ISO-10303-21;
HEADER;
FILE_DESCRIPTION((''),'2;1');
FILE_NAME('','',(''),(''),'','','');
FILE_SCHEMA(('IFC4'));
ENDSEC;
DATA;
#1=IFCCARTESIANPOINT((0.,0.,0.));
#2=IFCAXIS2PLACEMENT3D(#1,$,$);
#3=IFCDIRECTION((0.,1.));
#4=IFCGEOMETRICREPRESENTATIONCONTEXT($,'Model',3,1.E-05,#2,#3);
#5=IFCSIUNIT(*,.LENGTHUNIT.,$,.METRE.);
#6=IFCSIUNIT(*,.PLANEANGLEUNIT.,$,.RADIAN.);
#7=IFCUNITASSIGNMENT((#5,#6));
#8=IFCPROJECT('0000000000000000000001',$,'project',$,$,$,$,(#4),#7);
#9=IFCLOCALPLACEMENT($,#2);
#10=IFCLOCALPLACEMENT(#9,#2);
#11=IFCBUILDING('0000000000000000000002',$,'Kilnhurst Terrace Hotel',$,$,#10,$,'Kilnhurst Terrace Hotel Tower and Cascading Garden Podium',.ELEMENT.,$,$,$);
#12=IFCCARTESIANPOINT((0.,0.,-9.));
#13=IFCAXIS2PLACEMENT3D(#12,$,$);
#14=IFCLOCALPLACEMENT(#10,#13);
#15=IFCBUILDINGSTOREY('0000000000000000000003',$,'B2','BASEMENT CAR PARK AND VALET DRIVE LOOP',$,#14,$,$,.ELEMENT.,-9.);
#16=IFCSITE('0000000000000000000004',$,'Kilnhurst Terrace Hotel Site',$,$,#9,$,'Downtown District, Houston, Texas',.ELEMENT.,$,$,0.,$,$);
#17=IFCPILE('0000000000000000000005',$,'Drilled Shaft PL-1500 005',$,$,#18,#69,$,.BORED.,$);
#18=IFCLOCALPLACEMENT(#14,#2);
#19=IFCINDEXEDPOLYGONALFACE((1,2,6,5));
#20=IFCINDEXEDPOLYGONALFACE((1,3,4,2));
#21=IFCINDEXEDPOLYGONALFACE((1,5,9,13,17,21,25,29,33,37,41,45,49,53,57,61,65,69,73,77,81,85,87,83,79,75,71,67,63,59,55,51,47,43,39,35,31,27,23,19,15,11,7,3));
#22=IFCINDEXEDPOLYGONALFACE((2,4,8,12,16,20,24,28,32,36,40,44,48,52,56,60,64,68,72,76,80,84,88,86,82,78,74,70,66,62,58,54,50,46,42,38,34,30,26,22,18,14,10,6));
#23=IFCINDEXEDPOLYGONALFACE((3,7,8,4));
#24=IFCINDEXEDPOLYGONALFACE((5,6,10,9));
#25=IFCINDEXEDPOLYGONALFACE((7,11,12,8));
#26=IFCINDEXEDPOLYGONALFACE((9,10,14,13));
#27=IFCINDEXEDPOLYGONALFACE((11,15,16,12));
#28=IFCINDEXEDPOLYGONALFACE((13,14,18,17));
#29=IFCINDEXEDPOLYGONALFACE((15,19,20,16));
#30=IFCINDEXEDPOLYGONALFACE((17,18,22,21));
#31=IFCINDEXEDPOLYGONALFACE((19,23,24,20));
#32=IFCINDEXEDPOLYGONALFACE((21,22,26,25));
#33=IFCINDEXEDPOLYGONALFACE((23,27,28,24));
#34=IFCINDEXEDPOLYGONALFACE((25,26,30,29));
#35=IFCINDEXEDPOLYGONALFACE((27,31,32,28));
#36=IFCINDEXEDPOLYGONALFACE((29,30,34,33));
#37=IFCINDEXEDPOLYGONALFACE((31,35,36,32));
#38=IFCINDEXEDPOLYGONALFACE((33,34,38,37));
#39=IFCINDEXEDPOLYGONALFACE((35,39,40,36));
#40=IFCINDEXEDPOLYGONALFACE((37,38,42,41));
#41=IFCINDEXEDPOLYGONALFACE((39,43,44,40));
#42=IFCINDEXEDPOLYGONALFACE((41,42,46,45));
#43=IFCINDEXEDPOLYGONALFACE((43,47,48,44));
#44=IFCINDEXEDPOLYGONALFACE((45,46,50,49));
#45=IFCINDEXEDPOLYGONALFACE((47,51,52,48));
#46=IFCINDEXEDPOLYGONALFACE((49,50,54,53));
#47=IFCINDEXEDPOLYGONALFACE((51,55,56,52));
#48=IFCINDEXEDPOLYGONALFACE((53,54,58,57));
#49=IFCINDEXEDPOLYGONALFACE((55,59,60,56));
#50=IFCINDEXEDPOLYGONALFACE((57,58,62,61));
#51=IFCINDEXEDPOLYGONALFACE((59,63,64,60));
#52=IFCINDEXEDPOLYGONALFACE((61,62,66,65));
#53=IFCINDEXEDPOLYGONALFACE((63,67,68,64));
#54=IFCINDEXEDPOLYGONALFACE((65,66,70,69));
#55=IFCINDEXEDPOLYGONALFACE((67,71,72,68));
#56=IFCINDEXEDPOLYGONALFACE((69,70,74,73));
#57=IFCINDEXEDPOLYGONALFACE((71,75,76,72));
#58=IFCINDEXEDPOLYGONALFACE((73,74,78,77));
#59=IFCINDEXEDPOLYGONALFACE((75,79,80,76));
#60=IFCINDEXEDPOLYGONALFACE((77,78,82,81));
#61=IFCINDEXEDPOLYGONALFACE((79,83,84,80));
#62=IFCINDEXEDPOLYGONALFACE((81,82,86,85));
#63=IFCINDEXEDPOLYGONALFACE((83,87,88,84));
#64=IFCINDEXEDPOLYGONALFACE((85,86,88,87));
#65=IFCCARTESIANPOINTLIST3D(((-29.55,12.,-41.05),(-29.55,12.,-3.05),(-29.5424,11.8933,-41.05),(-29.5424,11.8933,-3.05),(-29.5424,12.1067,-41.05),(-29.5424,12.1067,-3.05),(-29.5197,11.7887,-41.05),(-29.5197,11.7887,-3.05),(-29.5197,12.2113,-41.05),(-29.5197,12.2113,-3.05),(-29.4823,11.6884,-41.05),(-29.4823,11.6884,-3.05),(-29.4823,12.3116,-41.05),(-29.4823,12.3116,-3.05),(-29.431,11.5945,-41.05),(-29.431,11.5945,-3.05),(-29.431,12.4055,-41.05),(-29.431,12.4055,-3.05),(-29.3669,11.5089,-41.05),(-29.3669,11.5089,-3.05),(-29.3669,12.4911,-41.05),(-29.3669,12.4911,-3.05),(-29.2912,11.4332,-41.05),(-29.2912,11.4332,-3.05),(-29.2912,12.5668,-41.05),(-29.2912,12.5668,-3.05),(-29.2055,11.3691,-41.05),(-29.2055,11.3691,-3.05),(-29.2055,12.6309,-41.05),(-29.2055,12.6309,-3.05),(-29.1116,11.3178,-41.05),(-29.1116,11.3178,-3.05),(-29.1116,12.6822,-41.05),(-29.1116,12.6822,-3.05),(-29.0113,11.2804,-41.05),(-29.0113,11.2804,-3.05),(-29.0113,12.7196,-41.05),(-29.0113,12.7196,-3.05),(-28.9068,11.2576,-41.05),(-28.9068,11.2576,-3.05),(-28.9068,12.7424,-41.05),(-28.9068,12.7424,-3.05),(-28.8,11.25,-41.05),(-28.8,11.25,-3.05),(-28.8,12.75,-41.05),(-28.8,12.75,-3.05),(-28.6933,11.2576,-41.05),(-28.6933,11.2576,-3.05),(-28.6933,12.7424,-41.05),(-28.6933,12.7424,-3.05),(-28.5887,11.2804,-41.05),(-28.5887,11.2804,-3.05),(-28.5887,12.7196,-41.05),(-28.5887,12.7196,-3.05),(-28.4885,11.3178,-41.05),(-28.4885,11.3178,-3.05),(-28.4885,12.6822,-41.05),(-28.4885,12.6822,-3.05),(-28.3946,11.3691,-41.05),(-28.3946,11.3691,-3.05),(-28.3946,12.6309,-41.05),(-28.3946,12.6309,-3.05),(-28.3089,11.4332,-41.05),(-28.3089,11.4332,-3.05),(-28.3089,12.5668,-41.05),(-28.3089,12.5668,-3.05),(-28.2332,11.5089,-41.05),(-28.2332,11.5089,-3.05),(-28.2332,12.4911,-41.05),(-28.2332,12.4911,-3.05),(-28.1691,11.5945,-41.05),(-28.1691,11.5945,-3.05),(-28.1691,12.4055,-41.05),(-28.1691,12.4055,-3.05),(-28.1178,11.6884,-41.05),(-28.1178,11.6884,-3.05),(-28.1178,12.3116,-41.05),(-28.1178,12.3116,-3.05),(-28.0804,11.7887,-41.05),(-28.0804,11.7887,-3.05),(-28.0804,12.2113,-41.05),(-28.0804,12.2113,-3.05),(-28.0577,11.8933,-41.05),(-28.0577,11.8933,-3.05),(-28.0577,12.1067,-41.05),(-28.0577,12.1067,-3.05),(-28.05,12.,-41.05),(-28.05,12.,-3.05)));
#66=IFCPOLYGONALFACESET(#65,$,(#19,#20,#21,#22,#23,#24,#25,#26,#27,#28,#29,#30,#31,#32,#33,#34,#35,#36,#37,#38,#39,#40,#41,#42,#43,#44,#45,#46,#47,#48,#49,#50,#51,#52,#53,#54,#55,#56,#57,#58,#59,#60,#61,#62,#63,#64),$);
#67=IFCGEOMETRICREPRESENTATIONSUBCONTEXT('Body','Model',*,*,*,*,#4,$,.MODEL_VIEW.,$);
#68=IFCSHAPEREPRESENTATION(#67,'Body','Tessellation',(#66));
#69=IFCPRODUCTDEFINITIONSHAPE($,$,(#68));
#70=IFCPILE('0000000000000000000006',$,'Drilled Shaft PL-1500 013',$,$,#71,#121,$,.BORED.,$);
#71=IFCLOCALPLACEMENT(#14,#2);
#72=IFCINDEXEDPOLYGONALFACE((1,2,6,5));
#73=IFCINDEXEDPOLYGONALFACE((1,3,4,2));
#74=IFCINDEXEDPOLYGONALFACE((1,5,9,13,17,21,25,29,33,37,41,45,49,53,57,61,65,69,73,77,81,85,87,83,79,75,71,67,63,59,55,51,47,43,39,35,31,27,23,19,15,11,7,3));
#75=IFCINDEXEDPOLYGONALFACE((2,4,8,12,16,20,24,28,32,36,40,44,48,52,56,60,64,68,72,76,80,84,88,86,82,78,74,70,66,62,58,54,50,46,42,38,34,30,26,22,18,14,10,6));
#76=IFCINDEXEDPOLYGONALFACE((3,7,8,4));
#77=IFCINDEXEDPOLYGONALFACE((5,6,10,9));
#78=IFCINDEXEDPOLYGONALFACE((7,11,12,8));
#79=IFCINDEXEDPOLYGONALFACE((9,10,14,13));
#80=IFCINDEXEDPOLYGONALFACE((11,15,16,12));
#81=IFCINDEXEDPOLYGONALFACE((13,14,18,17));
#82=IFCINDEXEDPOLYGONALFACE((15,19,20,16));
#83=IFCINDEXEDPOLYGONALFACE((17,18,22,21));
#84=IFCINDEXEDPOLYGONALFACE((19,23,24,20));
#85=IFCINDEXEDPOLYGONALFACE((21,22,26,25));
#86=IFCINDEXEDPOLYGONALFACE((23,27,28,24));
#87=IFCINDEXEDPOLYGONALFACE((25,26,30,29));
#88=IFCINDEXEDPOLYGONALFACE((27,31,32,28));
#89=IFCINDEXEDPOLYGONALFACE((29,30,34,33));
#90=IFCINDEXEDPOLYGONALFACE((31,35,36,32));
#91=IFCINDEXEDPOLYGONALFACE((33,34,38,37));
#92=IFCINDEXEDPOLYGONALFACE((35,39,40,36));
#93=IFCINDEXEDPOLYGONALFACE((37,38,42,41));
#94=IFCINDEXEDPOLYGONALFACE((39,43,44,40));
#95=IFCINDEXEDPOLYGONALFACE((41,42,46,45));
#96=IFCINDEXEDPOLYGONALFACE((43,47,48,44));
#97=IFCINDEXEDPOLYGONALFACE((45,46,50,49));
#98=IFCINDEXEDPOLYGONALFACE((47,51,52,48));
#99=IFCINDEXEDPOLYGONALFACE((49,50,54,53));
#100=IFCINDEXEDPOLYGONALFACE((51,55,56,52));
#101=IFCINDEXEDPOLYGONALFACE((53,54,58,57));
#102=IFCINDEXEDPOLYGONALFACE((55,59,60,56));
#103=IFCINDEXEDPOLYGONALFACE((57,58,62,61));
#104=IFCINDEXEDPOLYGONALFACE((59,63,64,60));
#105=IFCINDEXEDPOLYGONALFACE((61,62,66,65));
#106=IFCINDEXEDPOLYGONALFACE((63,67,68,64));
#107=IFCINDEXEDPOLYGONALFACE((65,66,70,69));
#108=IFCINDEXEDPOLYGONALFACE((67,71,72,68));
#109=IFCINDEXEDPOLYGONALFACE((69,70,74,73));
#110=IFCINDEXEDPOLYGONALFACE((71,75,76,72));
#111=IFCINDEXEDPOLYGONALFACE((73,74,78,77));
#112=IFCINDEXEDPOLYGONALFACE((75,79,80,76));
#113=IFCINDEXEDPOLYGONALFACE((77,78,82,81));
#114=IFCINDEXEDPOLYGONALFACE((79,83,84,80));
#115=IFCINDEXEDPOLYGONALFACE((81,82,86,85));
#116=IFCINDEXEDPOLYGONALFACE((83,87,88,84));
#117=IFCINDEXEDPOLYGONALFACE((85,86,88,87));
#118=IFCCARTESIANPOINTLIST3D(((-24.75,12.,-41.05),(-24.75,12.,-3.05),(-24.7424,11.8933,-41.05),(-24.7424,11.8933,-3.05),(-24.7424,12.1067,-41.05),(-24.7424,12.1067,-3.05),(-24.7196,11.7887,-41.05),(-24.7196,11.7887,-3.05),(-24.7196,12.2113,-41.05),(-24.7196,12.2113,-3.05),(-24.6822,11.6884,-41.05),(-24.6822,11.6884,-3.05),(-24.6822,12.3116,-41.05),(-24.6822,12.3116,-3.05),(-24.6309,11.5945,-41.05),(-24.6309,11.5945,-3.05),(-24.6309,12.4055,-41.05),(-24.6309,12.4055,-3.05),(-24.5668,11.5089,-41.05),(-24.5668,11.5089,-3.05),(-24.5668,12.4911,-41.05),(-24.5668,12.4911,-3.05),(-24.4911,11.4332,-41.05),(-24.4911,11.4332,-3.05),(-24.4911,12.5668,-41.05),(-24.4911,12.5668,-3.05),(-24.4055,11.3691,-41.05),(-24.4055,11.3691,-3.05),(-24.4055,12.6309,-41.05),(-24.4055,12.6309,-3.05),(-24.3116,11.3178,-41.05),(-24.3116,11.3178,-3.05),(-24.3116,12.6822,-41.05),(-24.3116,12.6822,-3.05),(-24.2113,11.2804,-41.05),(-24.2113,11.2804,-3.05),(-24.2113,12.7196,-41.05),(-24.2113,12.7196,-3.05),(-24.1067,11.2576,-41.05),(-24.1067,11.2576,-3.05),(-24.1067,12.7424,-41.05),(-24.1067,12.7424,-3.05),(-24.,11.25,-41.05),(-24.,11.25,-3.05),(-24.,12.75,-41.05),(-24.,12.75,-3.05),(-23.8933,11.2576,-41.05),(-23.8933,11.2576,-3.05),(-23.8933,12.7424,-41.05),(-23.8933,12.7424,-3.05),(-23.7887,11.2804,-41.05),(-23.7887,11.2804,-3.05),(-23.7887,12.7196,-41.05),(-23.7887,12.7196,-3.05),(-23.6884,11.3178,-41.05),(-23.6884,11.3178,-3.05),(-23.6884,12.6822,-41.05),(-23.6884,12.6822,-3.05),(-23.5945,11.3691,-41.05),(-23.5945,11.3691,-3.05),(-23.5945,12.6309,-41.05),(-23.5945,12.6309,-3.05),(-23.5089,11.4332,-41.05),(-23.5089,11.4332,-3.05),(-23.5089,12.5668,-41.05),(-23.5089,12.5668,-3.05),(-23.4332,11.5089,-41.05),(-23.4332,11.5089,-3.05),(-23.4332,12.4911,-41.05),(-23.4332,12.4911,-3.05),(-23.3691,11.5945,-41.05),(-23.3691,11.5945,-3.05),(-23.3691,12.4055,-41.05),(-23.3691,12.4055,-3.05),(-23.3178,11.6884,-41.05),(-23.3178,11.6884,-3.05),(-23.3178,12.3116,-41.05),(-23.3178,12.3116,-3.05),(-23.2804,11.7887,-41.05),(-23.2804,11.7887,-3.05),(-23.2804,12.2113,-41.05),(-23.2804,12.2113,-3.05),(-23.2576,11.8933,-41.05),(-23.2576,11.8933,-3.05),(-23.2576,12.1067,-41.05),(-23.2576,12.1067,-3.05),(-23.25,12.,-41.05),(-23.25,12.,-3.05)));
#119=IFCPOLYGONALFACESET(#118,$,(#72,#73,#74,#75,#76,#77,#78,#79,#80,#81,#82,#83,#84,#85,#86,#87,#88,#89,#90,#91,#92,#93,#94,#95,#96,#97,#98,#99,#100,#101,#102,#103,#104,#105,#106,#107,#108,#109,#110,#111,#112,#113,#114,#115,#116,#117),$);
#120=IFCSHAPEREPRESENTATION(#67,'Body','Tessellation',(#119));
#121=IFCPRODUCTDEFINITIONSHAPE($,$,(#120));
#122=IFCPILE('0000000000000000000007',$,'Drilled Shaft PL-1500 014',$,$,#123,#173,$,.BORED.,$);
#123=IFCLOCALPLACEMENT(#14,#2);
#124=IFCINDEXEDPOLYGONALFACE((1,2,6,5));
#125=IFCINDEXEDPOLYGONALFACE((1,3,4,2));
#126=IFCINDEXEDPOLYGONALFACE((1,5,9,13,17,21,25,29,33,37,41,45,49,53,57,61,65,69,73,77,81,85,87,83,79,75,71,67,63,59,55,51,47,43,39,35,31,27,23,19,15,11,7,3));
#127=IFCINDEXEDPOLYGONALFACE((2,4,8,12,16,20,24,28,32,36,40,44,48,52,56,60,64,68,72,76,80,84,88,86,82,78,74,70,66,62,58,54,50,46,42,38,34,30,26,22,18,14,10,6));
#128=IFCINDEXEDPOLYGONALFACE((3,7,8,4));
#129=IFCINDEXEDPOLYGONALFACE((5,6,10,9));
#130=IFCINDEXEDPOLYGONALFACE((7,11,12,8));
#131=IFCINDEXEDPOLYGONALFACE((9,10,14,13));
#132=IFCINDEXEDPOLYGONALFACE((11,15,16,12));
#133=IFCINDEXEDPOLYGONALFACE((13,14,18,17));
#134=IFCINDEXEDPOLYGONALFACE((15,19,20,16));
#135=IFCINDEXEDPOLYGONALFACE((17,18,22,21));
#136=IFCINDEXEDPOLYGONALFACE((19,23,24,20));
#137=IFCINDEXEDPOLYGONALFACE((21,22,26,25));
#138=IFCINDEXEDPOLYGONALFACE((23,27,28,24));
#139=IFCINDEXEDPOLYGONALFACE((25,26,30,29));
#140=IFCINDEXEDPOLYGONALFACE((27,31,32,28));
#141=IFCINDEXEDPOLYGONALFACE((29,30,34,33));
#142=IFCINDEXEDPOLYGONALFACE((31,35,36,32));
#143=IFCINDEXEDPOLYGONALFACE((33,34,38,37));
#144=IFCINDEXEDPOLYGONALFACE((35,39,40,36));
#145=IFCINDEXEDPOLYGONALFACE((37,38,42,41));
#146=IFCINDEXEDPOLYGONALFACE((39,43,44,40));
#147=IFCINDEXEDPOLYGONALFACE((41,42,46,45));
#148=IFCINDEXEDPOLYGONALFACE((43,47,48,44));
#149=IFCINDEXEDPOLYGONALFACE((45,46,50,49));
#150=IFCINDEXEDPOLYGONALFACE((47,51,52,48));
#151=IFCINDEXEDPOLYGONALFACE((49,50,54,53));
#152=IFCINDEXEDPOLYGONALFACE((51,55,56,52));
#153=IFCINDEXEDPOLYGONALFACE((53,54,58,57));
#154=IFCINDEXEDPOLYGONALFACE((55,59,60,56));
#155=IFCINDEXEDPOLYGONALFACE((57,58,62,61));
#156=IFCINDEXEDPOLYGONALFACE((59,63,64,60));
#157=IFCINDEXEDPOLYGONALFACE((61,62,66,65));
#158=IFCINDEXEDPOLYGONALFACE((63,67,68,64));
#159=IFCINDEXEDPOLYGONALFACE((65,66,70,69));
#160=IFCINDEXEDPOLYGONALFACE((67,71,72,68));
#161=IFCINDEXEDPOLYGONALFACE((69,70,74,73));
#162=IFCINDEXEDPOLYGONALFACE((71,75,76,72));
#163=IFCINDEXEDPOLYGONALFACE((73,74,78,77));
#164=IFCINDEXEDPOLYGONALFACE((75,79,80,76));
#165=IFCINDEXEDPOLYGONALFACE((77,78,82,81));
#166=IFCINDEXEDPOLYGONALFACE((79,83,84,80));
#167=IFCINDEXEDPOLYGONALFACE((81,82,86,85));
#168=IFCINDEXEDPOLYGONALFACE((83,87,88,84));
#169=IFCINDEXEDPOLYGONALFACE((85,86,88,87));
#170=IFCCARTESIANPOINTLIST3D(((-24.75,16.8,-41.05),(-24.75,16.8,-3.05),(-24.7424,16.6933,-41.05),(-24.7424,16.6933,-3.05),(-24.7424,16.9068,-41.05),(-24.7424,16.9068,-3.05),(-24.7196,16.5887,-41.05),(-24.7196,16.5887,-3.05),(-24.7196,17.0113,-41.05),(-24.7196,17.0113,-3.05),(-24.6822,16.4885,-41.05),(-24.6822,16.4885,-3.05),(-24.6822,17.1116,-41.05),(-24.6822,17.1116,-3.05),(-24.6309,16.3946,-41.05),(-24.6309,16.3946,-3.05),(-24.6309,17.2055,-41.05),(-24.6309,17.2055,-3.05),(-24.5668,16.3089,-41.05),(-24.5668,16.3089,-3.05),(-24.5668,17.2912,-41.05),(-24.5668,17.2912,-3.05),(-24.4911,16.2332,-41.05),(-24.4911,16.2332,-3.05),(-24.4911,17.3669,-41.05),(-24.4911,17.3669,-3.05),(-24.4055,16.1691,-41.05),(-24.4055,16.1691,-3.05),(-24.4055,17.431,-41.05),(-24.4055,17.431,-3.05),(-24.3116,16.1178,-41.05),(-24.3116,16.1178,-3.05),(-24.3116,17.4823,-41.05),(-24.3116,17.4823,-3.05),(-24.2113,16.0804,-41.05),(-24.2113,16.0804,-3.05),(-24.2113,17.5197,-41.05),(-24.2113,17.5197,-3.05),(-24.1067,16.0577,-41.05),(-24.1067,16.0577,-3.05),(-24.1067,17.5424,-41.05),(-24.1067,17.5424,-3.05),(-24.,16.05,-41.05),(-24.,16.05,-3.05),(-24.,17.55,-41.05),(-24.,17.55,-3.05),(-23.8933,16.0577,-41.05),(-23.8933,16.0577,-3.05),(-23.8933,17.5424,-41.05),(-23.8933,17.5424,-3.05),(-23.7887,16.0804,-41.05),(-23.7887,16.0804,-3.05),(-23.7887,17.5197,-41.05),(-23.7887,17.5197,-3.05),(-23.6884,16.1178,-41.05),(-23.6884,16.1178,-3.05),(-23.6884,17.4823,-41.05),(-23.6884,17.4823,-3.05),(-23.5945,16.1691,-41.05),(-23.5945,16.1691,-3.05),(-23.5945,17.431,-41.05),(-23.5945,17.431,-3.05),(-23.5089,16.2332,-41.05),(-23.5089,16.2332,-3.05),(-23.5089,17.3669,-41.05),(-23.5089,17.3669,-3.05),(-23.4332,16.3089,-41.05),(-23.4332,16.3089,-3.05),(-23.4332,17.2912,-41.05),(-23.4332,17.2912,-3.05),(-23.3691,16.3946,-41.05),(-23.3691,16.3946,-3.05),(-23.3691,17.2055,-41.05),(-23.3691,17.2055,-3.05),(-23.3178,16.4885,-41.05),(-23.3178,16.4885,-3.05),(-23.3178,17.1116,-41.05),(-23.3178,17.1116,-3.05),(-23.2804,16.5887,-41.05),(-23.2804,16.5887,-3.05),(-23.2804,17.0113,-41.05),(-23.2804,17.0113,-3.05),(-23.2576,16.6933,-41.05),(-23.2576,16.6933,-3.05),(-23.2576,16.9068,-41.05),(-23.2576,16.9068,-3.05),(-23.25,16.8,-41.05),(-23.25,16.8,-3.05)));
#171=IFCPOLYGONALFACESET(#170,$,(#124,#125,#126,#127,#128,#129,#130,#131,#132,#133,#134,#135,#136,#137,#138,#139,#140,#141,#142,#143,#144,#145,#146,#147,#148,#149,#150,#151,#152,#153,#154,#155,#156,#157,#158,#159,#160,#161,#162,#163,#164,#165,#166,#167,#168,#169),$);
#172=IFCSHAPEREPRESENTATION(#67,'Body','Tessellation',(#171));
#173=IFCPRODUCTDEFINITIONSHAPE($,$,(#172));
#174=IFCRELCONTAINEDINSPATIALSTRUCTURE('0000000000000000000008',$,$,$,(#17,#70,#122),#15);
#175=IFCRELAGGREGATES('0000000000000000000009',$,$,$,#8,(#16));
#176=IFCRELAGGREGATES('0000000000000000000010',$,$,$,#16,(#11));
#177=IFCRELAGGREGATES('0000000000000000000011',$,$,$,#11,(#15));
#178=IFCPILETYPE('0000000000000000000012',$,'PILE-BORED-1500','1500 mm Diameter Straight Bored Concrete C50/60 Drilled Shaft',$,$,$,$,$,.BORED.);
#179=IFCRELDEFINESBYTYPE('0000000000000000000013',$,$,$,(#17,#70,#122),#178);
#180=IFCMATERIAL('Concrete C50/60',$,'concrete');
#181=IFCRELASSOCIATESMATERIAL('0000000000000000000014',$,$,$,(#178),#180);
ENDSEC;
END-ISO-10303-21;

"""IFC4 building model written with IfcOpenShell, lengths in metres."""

from ifc_helpers import new_model, si_unit, direction, frame, origin, origin_2d, place, context, subcontext, project, spatial, circle, extrude, material, material_profile, profile_set, type_object, element, save


model = new_model("IFC4")

# Units and contexts
model_context = context("Model", 3, precision=1e-05, world=origin(), true_north=direction((0.0, 1.0)))
body_context = subcontext(model_context, "Body", "Model", "MODEL_VIEW")
ifc_project = project(units=[si_unit("LENGTHUNIT", "METRE"), si_unit("PLANEANGLEUNIT", "RADIAN")], contexts=[model_context])

# Site, building, storey
site_placement = place(None, origin())
site = spatial("IfcSite", under=ifc_project, at=site_placement, Name="Kilnhurst Terrace Hotel Site", LongName="Downtown District, Houston, Texas", CompositionType="ELEMENT", RefElevation=0.0)
building_placement = place(site_placement, origin())
building = spatial("IfcBuilding", under=site, at=building_placement, Name="Kilnhurst Terrace Hotel", LongName="Kilnhurst Terrace Hotel Tower and Cascading Garden Podium", CompositionType="ELEMENT")
storey_placement = place(building_placement, frame((0.0, 0.0, -9.0)))
storey = spatial("IfcBuildingStorey", under=building, at=storey_placement, Name="B2", Description="BASEMENT CAR PARK AND VALET DRIVE LOOP", CompositionType="ELEMENT", Elevation=-9.0)

# Piles
ifc_material_1 = material(Name="Concrete C50/60", Category="concrete")
ifc_material_profile_1 = material_profile(ifc_material_1, circle(Radius=0.75, at=origin_2d()), Name="PILE1500")
ifc_profile_set_1 = profile_set([ifc_material_profile_1], Name="Concrete C50/60")
pile_type_1 = type_object("IfcPileType", Name="PILE-BORED-1500", Description="1500 mm Diameter Straight Bored Concrete C50/60 Drilled Shaft", PredefinedType="BORED", material=ifc_profile_set_1)
for number, where, z_axis, x_axis, name in (
    (1, (-28.8, 12.0, -3.05), (0.0, 0.0, -1.0), (1.0, 0.0, 0.0), "Drilled Shaft PL-1500 005"),
    (2, (-24.0, 12.0, -3.05), (0.0, 0.0, -1.0), (1.0, 0.0, 0.0), "Drilled Shaft PL-1500 013"),
    (3, (-24.0, 16.8, -3.05), (0.0, 0.0, -1.0), (1.0, 0.0, 0.0), "Drilled Shaft PL-1500 014"),
):
    element("IfcPile", number, at=place(storey_placement, frame(where, z_axis=z_axis, x_axis=x_axis)), inside=storey, type_object=pile_type_1, Name=name, PredefinedType="BORED", context=body_context, shape_type="SweptSolid", body=[
        extrude(circle(Radius=0.75, at=origin_2d()), origin(), (0.0, 0.0, 1.0), 38.0),
    ])

save(model, "model.ifc")
